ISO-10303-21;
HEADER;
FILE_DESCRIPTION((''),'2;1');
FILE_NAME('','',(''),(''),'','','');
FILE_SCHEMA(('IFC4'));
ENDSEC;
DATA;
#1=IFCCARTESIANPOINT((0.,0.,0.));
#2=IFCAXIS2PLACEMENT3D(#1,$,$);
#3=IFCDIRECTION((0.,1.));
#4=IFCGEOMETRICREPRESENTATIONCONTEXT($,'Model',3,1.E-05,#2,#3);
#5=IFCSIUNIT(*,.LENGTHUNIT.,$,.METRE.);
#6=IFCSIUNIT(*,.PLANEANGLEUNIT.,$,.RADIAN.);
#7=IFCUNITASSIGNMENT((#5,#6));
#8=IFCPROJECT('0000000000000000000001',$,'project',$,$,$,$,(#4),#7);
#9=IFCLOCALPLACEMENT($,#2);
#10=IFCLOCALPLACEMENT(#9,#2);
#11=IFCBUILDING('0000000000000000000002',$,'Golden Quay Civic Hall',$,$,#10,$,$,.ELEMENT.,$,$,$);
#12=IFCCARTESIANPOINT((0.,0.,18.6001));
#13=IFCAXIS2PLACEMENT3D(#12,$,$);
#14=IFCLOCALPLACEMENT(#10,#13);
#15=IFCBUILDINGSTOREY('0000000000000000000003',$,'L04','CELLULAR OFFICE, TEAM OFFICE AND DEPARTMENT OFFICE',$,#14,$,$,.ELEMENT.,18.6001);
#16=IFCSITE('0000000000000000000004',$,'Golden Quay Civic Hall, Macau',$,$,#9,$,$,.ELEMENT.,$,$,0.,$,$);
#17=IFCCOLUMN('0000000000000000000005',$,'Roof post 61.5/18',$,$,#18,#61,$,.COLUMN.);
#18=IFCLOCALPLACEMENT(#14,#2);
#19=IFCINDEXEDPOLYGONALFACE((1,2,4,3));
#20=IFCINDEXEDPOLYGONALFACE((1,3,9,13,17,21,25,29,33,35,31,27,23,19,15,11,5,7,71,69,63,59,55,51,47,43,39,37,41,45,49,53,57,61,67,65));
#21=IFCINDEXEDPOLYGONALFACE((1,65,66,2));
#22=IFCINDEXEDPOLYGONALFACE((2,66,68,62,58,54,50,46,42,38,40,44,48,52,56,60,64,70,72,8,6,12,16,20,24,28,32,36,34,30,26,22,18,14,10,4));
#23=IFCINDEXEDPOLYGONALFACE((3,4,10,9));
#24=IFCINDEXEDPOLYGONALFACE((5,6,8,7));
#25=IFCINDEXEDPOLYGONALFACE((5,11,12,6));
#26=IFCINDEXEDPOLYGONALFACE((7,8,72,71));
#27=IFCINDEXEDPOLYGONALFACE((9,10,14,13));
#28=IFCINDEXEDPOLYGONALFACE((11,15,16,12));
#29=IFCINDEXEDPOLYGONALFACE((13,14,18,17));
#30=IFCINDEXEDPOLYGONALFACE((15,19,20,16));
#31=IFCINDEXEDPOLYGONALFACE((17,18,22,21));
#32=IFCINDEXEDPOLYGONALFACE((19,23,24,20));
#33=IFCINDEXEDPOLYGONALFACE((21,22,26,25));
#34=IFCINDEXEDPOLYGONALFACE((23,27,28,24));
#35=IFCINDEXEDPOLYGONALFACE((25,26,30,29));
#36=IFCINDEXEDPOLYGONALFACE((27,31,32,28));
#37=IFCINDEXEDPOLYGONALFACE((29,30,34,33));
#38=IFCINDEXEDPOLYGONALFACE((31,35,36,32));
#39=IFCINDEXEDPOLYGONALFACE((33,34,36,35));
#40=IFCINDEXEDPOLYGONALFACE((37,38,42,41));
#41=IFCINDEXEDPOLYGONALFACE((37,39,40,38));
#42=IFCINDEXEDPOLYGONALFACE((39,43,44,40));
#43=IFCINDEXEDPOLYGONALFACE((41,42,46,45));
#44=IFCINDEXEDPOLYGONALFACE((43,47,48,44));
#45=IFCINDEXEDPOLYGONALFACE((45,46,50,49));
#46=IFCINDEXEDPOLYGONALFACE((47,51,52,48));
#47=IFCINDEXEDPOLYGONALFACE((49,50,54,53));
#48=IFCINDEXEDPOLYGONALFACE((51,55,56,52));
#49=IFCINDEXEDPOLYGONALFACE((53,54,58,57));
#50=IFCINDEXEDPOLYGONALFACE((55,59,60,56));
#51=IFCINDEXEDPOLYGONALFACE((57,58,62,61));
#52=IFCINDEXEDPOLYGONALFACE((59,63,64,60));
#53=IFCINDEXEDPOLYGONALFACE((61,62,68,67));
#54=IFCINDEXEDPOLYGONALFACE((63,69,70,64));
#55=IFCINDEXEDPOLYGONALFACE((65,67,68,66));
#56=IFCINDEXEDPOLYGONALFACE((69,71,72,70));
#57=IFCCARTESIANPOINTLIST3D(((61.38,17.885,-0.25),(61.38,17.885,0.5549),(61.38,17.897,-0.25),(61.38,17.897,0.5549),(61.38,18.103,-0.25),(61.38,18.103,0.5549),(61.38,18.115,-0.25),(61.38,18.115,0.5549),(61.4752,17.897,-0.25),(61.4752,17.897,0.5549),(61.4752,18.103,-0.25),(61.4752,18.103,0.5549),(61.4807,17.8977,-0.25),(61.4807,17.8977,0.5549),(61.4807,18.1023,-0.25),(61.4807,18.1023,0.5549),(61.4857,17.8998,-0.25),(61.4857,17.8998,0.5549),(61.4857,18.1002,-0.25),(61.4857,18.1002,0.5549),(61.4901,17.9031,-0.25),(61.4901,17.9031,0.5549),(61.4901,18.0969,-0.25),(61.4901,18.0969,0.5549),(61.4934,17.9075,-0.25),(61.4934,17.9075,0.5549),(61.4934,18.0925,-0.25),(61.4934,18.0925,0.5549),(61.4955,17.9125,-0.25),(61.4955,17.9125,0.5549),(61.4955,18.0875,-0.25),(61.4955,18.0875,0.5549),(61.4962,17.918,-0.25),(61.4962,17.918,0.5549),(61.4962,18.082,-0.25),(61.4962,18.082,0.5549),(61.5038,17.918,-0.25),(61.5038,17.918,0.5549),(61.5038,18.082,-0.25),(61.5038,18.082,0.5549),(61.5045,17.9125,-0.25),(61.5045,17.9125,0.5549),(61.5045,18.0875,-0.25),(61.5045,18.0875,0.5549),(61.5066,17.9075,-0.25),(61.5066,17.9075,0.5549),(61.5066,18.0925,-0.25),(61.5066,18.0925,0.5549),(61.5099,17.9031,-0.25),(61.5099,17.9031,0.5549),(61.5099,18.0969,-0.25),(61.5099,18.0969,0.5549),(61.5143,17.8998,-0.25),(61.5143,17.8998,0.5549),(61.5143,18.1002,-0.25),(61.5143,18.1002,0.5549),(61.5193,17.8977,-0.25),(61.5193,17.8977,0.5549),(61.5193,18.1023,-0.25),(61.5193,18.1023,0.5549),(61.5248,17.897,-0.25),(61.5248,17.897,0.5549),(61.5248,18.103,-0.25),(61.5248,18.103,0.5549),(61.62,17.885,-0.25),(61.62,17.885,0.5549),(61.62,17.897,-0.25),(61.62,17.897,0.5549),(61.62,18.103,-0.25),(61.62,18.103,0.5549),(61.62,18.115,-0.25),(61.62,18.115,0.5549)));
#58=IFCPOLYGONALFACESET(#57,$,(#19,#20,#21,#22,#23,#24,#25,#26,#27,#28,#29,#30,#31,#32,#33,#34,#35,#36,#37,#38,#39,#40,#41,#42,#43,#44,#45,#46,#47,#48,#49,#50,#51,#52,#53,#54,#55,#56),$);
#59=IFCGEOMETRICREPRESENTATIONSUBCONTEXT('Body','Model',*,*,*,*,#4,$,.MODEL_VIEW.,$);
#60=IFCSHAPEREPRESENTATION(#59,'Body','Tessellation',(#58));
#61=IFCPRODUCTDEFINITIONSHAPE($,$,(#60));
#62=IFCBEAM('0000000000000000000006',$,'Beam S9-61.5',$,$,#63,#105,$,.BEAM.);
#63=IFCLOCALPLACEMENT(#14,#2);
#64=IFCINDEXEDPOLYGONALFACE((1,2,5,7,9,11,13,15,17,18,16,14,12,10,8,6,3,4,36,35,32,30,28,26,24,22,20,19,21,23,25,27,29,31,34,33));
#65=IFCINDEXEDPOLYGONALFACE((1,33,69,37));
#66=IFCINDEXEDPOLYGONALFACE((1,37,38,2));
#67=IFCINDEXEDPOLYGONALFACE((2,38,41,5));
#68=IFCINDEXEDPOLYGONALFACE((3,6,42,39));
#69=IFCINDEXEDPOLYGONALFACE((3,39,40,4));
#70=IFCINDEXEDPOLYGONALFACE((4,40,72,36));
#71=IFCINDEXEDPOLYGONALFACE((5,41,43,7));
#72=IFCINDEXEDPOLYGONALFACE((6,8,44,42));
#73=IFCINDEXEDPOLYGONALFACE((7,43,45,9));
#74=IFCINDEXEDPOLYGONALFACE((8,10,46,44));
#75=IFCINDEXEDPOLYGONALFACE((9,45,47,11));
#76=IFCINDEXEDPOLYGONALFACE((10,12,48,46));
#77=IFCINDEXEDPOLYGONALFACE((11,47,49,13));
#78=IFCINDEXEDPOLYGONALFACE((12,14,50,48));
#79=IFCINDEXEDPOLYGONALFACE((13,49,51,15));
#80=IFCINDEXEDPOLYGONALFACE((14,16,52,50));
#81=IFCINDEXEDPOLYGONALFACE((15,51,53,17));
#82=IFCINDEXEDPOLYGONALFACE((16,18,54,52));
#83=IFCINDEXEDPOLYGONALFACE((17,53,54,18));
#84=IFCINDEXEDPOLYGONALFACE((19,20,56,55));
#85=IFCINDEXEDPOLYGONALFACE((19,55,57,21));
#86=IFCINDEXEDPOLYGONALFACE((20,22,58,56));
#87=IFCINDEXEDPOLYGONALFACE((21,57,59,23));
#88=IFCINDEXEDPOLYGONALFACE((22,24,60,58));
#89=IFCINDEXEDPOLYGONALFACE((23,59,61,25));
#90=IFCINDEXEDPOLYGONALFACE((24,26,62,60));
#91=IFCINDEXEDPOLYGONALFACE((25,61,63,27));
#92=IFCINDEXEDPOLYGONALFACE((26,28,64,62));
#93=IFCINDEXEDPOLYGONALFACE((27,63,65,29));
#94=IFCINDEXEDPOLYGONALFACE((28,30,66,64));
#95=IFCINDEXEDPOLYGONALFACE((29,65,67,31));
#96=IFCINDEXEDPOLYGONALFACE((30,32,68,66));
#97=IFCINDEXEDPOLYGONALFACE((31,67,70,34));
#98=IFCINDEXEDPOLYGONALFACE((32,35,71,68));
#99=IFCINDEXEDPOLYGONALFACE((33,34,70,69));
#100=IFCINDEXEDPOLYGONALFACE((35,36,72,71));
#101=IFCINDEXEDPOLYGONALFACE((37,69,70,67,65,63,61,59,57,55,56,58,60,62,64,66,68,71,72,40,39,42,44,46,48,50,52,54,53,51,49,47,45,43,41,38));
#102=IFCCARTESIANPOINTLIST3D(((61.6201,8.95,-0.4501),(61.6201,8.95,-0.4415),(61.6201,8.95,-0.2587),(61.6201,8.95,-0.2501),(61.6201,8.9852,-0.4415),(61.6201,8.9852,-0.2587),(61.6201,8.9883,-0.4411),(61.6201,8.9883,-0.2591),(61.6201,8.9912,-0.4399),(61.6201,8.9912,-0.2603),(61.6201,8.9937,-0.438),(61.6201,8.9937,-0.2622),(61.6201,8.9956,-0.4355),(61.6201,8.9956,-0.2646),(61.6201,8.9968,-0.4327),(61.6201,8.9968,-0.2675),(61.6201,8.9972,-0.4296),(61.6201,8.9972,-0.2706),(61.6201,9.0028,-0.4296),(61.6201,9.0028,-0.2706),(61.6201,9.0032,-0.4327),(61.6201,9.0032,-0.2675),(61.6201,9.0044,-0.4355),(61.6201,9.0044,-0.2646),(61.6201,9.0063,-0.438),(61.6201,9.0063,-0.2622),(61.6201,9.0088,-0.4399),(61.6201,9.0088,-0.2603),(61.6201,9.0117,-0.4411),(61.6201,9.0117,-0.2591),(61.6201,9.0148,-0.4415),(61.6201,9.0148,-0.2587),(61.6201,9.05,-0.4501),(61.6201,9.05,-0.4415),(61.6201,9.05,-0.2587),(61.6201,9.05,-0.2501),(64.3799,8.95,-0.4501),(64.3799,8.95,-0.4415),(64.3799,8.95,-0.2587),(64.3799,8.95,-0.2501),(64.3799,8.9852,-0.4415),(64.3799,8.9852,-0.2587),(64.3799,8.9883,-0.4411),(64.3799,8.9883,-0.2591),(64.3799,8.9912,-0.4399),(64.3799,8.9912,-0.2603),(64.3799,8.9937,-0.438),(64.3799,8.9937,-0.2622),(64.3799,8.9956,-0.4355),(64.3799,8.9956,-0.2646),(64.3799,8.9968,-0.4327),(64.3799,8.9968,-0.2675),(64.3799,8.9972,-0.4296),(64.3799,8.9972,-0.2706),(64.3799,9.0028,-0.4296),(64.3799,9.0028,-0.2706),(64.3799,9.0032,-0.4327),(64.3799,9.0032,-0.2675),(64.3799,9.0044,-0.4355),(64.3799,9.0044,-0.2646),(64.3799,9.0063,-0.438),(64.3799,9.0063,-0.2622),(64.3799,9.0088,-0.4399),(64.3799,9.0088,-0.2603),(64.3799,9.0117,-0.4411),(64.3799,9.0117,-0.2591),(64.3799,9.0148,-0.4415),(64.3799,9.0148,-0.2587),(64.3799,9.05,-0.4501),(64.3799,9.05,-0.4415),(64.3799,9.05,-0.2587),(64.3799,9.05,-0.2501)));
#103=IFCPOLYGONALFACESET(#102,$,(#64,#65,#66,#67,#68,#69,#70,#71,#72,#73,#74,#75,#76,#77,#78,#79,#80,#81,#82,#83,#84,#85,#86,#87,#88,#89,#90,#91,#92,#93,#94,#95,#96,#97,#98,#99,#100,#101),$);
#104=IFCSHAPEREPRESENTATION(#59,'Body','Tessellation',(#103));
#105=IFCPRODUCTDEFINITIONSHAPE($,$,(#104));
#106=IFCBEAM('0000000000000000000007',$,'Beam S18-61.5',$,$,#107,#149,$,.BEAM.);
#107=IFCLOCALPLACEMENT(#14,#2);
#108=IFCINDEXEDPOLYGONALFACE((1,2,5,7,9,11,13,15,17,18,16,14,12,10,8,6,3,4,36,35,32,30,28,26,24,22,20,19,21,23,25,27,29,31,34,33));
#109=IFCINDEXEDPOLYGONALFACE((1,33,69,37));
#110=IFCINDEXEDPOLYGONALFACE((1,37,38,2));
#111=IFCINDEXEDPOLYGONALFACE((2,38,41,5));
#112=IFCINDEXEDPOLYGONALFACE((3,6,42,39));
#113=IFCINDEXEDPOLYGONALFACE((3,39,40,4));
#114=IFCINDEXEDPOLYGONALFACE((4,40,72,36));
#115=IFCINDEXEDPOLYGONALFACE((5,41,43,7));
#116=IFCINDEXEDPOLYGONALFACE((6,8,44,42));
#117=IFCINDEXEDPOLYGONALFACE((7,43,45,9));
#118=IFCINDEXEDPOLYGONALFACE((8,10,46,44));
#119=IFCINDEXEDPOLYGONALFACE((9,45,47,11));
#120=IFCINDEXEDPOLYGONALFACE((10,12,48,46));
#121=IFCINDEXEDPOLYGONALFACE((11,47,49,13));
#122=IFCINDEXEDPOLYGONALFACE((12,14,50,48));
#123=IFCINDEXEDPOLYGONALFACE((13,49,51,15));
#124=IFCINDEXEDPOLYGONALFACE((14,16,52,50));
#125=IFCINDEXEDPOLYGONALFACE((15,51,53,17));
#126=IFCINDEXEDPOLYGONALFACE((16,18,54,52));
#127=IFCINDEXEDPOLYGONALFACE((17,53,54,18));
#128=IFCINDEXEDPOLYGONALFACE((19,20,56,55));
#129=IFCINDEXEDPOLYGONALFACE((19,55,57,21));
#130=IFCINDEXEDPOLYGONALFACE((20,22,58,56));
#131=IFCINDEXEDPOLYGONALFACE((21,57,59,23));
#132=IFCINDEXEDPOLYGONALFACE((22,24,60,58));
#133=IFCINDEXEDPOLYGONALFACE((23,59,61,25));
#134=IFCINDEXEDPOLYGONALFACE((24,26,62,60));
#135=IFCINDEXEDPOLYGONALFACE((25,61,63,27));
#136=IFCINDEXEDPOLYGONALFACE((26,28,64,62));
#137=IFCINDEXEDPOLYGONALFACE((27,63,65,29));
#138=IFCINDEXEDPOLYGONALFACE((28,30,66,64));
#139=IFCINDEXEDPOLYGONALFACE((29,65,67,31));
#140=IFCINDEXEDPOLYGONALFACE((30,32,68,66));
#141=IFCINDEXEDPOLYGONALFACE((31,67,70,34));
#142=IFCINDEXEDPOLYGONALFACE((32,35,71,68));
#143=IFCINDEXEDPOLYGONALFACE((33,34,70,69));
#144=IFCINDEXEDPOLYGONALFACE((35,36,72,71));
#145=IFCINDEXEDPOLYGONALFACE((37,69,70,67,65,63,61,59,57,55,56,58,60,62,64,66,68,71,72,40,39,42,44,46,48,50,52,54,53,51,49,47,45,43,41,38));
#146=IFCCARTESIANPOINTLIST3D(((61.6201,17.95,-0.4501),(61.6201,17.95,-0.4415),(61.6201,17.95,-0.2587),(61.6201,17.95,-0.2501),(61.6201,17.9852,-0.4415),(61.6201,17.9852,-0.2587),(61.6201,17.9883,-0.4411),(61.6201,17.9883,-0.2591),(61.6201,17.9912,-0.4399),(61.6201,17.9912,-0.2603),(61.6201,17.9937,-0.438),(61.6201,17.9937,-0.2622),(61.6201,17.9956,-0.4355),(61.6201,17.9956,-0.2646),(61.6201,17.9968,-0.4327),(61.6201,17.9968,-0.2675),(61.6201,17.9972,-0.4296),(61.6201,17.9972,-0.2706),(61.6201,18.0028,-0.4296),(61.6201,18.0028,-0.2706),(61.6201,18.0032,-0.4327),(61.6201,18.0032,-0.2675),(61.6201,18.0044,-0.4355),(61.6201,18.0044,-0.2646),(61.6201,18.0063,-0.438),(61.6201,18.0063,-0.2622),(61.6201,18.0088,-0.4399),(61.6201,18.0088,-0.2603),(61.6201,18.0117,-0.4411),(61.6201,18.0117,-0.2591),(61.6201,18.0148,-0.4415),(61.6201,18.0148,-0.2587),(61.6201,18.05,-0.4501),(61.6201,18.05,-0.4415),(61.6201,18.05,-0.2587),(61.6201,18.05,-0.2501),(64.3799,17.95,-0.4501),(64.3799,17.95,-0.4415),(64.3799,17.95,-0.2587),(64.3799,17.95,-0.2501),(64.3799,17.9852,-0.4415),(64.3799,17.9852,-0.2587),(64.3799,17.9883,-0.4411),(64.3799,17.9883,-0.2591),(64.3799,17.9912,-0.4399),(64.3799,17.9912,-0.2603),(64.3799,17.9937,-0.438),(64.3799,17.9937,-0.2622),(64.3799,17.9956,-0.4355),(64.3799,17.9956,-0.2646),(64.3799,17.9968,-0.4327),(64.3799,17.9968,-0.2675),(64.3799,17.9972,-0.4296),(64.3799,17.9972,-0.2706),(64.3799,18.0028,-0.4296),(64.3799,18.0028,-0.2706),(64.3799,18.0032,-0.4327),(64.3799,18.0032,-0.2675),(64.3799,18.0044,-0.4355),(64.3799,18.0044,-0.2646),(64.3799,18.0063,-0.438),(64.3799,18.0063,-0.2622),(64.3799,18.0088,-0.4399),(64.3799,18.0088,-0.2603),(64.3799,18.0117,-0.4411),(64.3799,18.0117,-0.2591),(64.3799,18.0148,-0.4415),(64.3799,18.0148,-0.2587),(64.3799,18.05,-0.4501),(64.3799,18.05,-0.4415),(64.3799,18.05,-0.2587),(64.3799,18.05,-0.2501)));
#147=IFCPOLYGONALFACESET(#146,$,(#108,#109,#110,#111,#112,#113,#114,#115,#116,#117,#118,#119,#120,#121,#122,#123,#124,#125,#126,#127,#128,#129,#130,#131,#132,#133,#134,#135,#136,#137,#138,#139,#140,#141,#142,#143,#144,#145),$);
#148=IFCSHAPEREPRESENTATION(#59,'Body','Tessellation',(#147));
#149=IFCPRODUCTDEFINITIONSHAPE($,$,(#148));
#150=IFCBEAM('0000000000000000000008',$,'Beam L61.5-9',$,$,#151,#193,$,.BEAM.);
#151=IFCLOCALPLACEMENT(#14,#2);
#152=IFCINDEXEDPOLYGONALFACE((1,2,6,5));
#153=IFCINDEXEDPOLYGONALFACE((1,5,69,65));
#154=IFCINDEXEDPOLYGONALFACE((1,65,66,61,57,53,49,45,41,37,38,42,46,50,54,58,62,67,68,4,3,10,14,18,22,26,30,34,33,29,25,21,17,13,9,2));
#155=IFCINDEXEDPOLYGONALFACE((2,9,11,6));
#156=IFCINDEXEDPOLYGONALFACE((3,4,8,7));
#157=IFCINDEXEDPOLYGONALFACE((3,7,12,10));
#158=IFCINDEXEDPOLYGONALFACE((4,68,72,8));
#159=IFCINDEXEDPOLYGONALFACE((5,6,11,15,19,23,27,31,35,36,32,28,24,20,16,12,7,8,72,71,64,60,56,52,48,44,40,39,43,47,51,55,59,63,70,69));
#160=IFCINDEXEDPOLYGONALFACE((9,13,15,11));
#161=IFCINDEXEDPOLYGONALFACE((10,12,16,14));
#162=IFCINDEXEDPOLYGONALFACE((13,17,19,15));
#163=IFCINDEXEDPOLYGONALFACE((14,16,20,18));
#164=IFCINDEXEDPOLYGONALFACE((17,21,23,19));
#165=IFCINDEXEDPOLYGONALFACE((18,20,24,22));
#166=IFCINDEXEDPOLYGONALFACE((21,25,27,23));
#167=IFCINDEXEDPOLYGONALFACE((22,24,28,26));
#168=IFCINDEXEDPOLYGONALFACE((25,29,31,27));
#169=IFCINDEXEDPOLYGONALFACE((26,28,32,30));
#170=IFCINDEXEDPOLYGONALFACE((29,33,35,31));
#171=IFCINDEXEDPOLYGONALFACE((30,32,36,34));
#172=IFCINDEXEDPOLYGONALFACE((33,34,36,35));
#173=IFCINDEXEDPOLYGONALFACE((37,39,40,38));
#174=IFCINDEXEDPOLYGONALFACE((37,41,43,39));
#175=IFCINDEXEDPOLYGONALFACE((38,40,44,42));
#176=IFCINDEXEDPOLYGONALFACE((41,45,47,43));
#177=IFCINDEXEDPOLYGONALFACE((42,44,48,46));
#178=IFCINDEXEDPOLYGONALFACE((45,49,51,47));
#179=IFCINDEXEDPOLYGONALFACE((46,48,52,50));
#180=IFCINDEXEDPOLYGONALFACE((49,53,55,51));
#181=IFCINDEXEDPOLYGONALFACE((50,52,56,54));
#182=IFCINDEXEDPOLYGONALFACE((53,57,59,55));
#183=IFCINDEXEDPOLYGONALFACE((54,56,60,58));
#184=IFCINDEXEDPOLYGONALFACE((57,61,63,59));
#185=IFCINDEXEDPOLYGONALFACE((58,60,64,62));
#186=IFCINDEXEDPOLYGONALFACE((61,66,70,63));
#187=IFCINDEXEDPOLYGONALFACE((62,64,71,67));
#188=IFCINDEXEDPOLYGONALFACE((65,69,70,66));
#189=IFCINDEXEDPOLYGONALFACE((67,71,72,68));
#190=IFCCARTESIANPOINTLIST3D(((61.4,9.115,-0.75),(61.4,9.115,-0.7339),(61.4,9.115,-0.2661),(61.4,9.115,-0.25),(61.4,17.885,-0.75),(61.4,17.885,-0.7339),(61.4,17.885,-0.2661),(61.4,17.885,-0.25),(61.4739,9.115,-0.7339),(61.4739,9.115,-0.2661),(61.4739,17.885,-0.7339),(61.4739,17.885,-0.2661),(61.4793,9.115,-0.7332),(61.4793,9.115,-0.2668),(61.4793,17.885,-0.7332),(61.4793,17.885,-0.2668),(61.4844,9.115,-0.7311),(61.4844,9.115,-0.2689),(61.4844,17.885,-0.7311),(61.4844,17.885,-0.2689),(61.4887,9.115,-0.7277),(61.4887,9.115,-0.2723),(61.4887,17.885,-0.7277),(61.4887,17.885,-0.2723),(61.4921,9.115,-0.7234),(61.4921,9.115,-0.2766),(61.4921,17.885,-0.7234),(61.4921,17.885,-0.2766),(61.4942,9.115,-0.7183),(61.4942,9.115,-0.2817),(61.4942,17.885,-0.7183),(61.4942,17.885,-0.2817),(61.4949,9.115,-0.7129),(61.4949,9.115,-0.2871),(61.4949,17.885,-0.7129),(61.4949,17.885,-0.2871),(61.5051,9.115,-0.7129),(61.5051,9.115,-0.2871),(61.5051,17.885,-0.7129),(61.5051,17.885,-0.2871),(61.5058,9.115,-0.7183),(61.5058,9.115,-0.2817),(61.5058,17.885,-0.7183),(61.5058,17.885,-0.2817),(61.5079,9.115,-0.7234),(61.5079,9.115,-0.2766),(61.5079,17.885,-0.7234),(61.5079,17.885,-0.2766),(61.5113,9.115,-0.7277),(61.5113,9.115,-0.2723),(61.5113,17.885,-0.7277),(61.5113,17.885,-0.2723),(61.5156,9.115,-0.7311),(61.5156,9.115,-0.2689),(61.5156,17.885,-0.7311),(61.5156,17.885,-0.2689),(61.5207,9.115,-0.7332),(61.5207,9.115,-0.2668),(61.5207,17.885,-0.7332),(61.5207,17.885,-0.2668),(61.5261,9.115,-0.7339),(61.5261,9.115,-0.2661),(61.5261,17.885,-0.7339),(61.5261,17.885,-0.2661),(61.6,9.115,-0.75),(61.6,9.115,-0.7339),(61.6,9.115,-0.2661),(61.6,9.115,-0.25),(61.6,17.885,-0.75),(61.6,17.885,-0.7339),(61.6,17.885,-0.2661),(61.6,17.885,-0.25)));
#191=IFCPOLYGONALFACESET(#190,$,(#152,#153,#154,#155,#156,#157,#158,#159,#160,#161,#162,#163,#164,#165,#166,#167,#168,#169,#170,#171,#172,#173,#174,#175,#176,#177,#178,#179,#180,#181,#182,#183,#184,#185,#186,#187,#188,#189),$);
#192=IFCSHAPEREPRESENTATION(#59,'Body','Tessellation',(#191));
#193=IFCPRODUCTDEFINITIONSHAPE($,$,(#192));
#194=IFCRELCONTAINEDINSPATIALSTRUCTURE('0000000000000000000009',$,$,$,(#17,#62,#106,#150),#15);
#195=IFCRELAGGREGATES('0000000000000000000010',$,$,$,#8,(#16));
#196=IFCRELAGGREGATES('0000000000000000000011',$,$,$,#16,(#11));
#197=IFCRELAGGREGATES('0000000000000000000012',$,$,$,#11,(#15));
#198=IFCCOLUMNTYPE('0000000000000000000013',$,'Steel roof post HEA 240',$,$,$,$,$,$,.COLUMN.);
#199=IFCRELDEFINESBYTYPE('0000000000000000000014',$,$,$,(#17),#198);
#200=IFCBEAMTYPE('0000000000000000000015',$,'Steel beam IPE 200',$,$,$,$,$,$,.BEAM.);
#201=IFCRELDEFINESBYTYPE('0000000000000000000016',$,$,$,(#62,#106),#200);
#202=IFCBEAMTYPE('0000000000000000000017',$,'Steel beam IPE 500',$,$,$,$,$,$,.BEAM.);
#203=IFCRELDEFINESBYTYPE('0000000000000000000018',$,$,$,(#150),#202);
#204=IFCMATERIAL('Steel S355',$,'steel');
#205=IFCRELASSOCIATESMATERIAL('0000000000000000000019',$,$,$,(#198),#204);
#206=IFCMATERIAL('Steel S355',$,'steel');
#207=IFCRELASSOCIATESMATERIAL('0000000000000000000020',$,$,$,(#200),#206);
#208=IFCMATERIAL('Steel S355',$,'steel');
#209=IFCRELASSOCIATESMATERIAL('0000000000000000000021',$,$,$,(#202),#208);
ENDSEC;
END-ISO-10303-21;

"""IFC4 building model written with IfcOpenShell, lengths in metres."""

from ifc_helpers import new_model, si_unit, direction, frame, origin, origin_2d, place, context, subcontext, project, spatial, i_section, extrude, material, material_profile, profile_set, type_object, element, save


model = new_model("IFC4")

# Units and contexts
model_context = context("Model", 3, precision=1e-05, world=origin(), true_north=direction((0.0, 1.0)))
body_context = subcontext(model_context, "Body", "Model", "MODEL_VIEW")
ifc_project = project(units=[si_unit("LENGTHUNIT", "METRE"), si_unit("PLANEANGLEUNIT", "RADIAN")], contexts=[model_context])

# Site, building, storey
site_placement = place(None, origin())
site = spatial("IfcSite", under=ifc_project, at=site_placement, Name="Golden Quay Civic Hall, Macau", CompositionType="ELEMENT", RefElevation=0.0)
building_placement = place(site_placement, origin())
building = spatial("IfcBuilding", under=site, at=building_placement, Name="Golden Quay Civic Hall", CompositionType="ELEMENT")
storey_placement = place(building_placement, frame((0.0, 0.0, 18.6001)))
storey = spatial("IfcBuildingStorey", under=building, at=storey_placement, Name="L04", Description="CELLULAR OFFICE, TEAM OFFICE AND DEPARTMENT OFFICE", CompositionType="ELEMENT", Elevation=18.6001)

# Column
ifc_material_1 = material(Name="Steel S355", Category="steel")
ifc_material_profile_1 = material_profile(ifc_material_1, i_section(OverallWidth=0.24, OverallDepth=0.23, WebThickness=0.0076, FlangeThickness=0.012, FilletRadius=0.021, at=origin_2d()), Name="HEA 240")
ifc_profile_set_1 = profile_set([ifc_material_profile_1], Name="Steel S355")
column_type = type_object("IfcColumnType", Name="Steel roof post HEA 240", PredefinedType="COLUMN", material=ifc_profile_set_1)
column_placement = place(storey_placement, frame((61.5, 18.0, -0.25), z_axis=(0.0, 0.0, 1.0), x_axis=(1.0, 0.0, 0.0)))
element("IfcColumn", 1, at=column_placement, inside=storey, type_object=column_type, Name="Roof post 61.5/18", PredefinedType="COLUMN", context=body_context, shape_type="SweptSolid", body=[
    extrude(i_section(OverallWidth=0.24, OverallDepth=0.23, WebThickness=0.0076, FlangeThickness=0.012, FilletRadius=0.021, at=origin_2d()), origin(), (0.0, 0.0, 1.0), 0.8049),
])

# Beams
ifc_material_2 = material(Name="Steel S355", Category="steel")
ifc_material_profile_2 = material_profile(ifc_material_2, i_section(OverallWidth=0.1001, OverallDepth=0.2, WebThickness=0.0056, FlangeThickness=0.0085, FilletRadius=0.012, at=origin_2d()), Name="IPE 200")
ifc_profile_set_2 = profile_set([ifc_material_profile_2], Name="Steel S355")
beam_type_1 = type_object("IfcBeamType", Name="Steel beam IPE 200", PredefinedType="BEAM", material=ifc_profile_set_2)
for number, where, z_axis, x_axis, name in (
    (2, (61.6201, 9.0, -0.3501), (1.0, 0.0, 0.0), (0.0, 1.0, 0.0), "Beam S9-61.5"),
    (3, (61.6201, 18.0, -0.3501), (1.0, 0.0, 0.0), (0.0, 1.0, 0.0), "Beam S18-61.5"),
):
    element("IfcBeam", number, at=place(storey_placement, frame(where, z_axis=z_axis, x_axis=x_axis)), inside=storey, type_object=beam_type_1, Name=name, PredefinedType="BEAM", context=body_context, shape_type="SweptSolid", body=[
        extrude(i_section(OverallWidth=0.1001, OverallDepth=0.2, WebThickness=0.0056, FlangeThickness=0.0085, FilletRadius=0.012, at=origin_2d()), origin(), (0.0, 0.0, 1.0), 2.7598),
    ])
ifc_material_3 = material(Name="Steel S355", Category="steel")
ifc_material_profile_3 = material_profile(ifc_material_3, i_section(OverallWidth=0.2, OverallDepth=0.5, WebThickness=0.0103, FlangeThickness=0.0161, FilletRadius=0.021, at=origin_2d()), Name="IPE 500")
ifc_profile_set_3 = profile_set([ifc_material_profile_3], Name="Steel S355")
beam_type_2 = type_object("IfcBeamType", Name="Steel beam IPE 500", PredefinedType="BEAM", material=ifc_profile_set_3)
beam_1_placement = place(storey_placement, frame((61.5, 9.115, -0.5), z_axis=(0.0, 1.0, 0.0), x_axis=(-1.0, 0.0, 0.0)))
element("IfcBeam", 4, at=beam_1_placement, inside=storey, type_object=beam_type_2, Name="Beam L61.5-9", PredefinedType="BEAM", context=body_context, shape_type="SweptSolid", body=[
    extrude(i_section(OverallWidth=0.2, OverallDepth=0.5, WebThickness=0.0103, FlangeThickness=0.0161, FilletRadius=0.021, at=origin_2d()), origin(), (0.0, 0.0, 1.0), 8.77),
])

save(model, "model.ifc")
